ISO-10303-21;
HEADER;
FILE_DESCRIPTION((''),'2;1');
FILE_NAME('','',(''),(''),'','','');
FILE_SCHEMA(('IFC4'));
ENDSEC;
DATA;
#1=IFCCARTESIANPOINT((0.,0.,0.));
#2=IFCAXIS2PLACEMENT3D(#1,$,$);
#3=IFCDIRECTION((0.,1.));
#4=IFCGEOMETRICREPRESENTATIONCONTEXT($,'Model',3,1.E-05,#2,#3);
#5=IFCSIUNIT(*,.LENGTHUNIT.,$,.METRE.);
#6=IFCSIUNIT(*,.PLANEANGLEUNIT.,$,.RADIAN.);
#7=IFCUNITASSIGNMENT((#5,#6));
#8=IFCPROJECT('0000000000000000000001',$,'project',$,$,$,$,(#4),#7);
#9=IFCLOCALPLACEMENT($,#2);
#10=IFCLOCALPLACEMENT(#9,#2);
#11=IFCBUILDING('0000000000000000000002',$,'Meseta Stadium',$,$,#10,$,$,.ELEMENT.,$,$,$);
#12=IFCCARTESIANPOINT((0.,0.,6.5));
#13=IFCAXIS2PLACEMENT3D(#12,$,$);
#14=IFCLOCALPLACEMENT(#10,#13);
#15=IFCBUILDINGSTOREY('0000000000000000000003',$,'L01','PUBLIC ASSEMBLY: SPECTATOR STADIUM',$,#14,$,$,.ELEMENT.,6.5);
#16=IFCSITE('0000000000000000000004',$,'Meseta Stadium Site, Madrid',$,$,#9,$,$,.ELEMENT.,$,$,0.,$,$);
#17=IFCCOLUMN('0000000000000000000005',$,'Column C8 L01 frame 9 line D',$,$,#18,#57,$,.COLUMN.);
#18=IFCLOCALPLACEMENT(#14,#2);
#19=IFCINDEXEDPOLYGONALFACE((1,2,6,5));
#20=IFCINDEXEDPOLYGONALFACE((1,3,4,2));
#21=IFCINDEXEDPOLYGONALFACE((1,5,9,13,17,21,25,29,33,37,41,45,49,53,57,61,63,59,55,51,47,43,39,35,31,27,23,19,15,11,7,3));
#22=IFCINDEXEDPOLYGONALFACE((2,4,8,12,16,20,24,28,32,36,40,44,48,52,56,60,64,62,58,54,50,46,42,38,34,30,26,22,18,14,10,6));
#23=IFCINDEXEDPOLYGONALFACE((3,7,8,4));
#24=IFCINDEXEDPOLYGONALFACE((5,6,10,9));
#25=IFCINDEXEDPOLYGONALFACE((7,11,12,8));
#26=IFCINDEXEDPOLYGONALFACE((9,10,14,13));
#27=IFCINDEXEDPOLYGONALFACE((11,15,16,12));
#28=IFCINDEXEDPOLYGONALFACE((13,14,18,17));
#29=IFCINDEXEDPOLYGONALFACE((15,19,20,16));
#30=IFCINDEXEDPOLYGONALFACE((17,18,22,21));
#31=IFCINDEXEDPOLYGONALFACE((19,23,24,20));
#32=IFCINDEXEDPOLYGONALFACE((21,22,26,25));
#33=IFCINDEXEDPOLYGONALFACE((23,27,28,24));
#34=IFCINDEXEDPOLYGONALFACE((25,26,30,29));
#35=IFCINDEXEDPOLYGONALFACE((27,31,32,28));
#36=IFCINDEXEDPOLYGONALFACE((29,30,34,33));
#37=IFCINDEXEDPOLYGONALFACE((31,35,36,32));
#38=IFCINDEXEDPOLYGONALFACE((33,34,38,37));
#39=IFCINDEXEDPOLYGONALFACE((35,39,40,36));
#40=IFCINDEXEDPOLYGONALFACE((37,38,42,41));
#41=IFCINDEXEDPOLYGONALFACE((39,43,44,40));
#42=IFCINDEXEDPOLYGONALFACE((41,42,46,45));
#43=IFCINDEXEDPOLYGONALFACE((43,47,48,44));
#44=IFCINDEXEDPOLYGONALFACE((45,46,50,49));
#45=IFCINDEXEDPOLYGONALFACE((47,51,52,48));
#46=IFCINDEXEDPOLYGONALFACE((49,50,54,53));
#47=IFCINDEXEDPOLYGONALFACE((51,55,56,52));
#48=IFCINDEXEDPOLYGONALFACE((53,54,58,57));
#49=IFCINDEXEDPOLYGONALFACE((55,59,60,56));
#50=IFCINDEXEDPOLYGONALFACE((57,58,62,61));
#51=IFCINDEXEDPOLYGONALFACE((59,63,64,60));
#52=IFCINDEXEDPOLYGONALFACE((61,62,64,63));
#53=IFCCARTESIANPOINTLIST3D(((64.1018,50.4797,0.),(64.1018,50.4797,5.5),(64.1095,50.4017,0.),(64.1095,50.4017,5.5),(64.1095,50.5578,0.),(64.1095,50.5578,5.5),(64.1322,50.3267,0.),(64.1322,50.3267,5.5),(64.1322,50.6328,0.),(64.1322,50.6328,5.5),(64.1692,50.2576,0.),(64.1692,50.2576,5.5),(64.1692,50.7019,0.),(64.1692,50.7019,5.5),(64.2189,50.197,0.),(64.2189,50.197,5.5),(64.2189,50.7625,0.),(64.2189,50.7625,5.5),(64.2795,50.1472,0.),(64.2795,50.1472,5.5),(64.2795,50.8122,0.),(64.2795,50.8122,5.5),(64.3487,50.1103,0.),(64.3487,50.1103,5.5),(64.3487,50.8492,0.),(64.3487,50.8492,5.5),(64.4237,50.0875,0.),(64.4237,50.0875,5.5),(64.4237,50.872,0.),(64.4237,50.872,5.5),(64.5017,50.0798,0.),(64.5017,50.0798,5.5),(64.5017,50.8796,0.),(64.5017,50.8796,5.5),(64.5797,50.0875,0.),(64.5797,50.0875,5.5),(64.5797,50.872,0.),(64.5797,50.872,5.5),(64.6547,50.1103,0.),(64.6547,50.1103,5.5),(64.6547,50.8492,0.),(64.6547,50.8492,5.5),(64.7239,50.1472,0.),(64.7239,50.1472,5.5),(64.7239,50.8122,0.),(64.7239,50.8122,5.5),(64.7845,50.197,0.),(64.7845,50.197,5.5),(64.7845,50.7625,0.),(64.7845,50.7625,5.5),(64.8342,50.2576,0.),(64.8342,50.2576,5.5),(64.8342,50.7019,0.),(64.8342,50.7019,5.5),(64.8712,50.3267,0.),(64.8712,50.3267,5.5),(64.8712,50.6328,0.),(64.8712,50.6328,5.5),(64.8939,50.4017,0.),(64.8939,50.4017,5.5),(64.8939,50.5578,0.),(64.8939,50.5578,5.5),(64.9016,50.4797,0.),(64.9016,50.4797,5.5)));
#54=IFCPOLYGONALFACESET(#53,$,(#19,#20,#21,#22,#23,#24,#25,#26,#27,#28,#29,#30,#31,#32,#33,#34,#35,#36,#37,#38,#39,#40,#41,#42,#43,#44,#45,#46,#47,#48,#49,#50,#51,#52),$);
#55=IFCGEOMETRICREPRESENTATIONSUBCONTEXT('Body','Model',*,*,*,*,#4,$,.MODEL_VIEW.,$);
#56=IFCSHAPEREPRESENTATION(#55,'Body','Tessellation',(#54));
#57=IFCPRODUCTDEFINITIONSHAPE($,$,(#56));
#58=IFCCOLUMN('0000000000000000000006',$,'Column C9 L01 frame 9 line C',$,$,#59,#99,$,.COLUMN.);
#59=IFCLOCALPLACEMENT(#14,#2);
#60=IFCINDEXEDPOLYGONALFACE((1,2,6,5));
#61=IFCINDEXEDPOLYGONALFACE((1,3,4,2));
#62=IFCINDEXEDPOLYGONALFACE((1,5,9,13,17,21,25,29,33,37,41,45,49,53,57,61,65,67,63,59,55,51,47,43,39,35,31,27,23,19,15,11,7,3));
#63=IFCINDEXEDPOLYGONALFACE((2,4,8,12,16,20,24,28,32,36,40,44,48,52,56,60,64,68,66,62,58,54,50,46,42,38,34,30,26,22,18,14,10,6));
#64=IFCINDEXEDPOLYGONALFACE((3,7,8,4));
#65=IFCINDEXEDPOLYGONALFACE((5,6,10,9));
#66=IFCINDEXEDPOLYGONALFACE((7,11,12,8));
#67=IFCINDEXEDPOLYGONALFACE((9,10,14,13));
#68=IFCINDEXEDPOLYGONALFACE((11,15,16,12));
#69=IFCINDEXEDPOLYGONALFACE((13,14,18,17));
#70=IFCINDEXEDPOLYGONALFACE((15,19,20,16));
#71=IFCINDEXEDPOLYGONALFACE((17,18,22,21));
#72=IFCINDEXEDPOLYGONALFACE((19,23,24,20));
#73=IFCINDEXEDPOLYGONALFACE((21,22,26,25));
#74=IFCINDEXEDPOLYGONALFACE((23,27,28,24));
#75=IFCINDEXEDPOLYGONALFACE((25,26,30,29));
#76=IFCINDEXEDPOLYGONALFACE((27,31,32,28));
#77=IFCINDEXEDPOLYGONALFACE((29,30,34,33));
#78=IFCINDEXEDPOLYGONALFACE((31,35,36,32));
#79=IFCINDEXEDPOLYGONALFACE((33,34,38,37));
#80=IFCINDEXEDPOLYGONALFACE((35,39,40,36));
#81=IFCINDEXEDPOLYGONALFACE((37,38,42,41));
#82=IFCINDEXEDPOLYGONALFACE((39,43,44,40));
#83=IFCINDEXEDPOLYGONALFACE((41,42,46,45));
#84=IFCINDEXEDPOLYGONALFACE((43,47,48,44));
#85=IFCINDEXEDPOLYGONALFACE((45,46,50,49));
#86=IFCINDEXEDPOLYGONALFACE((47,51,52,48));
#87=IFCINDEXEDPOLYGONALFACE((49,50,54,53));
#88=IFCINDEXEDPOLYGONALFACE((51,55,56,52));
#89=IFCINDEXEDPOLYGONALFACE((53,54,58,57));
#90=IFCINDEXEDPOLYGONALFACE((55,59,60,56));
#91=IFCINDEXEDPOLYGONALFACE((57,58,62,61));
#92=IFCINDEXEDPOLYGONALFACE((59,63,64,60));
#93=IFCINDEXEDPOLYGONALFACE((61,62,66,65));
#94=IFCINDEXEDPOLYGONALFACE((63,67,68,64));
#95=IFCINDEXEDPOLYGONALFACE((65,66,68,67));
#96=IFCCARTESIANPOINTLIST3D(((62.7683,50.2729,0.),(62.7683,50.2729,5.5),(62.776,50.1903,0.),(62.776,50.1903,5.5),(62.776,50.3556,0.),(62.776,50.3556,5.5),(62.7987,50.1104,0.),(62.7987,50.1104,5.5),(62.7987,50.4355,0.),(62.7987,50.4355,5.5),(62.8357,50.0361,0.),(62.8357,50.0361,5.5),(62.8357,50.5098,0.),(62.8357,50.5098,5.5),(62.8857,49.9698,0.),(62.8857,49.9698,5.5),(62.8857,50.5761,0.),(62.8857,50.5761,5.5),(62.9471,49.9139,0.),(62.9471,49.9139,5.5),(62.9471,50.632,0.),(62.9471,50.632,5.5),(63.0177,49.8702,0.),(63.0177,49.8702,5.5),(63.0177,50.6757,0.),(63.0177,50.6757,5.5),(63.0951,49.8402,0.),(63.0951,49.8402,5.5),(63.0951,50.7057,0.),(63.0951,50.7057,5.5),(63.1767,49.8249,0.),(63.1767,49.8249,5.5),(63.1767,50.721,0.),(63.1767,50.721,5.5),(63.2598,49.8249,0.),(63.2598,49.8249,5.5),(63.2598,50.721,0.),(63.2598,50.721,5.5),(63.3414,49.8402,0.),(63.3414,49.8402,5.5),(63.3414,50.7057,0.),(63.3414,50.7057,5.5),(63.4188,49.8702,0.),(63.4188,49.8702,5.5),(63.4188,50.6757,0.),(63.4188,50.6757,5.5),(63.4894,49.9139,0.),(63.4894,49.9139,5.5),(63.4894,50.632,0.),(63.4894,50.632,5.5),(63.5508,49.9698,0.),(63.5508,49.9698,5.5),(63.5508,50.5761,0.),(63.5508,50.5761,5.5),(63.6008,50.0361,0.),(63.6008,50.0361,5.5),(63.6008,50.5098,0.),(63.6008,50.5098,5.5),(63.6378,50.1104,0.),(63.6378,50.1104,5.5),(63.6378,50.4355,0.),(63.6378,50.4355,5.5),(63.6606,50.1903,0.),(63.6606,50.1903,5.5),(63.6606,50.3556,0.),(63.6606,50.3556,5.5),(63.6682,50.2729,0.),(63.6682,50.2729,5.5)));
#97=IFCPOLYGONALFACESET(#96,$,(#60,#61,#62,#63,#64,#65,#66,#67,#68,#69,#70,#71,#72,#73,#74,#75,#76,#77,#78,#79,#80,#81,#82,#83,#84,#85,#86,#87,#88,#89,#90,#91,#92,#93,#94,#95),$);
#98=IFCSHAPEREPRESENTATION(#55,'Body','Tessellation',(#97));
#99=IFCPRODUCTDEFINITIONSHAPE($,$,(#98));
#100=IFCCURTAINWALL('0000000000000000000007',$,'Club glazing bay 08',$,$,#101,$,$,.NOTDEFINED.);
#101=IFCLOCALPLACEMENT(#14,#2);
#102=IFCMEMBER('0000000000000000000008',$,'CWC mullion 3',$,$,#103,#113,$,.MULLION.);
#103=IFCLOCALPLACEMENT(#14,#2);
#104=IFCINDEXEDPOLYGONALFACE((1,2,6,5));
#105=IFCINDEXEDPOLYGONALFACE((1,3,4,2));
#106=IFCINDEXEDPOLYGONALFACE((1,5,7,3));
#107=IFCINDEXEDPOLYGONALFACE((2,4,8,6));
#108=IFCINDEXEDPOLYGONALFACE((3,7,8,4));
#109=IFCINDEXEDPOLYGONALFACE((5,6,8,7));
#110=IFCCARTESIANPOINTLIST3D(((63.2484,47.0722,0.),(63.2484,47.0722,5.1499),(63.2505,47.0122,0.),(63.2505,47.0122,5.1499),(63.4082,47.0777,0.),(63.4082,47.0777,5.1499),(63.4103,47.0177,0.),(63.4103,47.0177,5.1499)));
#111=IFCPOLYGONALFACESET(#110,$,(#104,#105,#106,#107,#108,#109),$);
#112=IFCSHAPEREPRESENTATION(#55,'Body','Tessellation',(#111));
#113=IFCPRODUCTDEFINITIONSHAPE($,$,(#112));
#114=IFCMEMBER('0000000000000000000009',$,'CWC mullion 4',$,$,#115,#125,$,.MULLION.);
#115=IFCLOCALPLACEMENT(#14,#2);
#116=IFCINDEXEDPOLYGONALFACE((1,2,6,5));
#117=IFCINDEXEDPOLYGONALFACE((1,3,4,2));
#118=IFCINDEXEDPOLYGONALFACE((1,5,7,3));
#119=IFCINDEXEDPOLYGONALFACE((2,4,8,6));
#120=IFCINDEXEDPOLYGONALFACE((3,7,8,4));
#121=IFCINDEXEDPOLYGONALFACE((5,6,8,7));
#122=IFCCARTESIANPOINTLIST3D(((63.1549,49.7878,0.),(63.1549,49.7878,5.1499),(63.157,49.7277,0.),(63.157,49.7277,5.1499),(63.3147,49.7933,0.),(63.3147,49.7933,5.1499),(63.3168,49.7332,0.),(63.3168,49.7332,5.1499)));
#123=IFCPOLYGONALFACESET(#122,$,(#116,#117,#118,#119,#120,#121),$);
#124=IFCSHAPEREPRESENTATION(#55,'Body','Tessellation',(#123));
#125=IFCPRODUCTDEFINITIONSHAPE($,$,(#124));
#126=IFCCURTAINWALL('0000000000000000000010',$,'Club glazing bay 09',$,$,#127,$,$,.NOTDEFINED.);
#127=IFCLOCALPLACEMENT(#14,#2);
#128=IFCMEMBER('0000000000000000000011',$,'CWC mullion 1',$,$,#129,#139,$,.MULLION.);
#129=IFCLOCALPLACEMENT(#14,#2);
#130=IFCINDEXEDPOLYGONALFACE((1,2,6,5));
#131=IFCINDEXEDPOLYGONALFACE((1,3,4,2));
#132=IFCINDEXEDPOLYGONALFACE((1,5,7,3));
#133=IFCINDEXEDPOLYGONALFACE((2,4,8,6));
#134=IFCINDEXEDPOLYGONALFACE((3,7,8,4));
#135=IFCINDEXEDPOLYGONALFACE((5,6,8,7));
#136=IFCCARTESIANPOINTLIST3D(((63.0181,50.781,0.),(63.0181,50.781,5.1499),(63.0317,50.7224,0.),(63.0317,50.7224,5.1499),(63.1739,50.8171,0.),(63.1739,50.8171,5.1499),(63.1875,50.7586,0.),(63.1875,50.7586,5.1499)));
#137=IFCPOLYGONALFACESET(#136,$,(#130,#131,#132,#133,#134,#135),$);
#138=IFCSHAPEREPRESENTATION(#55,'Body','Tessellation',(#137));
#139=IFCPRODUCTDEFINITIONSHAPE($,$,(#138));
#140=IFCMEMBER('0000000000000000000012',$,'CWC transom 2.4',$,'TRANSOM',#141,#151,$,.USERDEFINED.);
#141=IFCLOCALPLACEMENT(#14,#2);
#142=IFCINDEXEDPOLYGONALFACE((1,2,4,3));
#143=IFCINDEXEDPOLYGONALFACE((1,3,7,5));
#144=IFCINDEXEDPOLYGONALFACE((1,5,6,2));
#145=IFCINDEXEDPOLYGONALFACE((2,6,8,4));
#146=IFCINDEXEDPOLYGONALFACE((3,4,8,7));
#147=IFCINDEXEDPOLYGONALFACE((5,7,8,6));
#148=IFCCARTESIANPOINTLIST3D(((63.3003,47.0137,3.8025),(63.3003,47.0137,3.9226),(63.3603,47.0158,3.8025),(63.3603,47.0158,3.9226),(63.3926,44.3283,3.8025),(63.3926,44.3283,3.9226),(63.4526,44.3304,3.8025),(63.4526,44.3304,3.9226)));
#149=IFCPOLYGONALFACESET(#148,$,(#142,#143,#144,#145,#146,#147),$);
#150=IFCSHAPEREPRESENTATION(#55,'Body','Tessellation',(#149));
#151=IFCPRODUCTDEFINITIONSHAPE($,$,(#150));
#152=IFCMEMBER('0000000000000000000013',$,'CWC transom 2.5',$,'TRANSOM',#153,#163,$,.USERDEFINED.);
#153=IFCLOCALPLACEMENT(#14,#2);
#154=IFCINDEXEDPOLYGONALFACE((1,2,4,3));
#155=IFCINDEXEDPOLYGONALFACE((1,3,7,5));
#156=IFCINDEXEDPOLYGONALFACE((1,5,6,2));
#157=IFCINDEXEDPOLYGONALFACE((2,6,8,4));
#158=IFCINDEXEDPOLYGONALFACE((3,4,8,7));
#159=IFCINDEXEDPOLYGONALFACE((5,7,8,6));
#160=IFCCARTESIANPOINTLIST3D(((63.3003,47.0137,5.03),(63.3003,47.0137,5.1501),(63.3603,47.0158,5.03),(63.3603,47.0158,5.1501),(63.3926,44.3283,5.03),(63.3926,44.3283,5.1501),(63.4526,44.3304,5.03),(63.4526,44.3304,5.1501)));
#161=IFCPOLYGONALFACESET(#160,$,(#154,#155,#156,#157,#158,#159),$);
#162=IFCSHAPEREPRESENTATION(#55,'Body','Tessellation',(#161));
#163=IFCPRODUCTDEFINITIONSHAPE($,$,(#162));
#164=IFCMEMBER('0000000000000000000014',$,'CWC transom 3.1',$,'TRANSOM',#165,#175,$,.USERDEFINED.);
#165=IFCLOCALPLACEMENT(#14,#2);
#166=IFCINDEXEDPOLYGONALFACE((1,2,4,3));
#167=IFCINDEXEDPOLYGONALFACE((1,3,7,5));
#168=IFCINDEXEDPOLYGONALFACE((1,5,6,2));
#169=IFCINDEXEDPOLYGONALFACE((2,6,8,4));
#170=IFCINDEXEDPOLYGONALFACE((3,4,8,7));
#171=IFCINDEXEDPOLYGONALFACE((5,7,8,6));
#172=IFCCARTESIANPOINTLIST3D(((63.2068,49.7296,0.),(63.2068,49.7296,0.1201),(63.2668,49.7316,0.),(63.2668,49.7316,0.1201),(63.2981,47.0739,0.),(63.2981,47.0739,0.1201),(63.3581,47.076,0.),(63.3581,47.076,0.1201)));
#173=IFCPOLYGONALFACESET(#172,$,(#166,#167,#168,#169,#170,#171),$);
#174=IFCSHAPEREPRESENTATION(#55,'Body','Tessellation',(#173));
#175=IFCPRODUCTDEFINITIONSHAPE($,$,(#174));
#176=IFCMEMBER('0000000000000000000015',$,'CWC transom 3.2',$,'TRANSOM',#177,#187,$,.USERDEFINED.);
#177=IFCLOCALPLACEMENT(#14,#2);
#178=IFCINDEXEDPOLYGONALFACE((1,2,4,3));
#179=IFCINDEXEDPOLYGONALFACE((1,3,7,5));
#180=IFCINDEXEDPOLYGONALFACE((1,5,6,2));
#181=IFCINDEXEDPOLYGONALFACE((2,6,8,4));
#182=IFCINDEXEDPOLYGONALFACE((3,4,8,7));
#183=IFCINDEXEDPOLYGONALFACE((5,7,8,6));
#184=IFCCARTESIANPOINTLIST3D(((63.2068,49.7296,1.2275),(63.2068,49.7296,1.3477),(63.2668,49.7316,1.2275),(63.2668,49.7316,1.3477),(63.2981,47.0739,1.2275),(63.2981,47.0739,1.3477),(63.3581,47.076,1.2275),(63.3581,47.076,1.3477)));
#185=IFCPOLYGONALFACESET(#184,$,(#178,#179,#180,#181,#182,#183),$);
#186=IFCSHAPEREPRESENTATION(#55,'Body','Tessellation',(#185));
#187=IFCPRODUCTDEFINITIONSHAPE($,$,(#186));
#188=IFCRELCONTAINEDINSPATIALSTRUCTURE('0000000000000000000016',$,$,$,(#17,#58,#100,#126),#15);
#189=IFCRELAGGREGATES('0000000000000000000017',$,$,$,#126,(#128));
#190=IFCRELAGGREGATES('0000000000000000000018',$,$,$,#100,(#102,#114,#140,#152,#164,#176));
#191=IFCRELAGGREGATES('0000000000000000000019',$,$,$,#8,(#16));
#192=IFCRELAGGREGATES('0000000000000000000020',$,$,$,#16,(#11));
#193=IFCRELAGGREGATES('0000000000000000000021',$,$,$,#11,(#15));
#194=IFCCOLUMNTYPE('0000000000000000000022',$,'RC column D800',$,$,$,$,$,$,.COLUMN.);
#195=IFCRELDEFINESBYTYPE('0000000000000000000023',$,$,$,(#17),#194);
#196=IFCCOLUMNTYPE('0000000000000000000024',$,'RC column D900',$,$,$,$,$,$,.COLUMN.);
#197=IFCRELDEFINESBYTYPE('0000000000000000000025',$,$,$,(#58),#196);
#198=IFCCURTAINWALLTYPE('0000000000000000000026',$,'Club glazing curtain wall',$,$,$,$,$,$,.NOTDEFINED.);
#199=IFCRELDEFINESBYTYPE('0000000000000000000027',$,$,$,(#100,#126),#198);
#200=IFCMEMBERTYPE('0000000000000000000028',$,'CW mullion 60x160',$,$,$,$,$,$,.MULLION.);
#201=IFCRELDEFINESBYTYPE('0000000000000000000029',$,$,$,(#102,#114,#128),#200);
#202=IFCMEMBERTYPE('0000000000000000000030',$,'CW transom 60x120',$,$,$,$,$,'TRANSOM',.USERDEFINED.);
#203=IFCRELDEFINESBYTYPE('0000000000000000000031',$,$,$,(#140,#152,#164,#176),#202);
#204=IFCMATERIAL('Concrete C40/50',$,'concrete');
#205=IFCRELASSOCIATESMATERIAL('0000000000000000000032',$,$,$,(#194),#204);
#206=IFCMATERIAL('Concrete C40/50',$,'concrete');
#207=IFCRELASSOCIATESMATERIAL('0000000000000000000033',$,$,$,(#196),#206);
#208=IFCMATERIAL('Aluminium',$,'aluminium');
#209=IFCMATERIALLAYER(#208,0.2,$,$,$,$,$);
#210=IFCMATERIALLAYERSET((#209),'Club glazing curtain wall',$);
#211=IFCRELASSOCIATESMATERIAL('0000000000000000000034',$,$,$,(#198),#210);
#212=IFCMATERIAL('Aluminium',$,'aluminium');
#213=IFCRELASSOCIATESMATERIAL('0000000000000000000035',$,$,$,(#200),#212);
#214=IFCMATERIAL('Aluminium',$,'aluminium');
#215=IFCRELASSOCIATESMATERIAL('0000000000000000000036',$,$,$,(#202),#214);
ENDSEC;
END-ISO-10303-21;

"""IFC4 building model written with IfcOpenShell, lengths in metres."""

from ifc_helpers import new_model, si_unit, direction, frame, origin, origin_2d, place, context, subcontext, project, spatial, rectangle, circle, extrude, material, layer, layer_set, material_profile, profile_set, type_object, element, aggregate, save


model = new_model("IFC4")

# Units and contexts
model_context = context("Model", 3, precision=1e-05, world=origin(), true_north=direction((0.0, 1.0)))
body_context = subcontext(model_context, "Body", "Model", "MODEL_VIEW")
ifc_project = project(units=[si_unit("LENGTHUNIT", "METRE"), si_unit("PLANEANGLEUNIT", "RADIAN")], contexts=[model_context])

# Site, building, storey
site_placement = place(None, origin())
site = spatial("IfcSite", under=ifc_project, at=site_placement, Name="Meseta Stadium Site, Madrid", CompositionType="ELEMENT", RefElevation=0.0)
building_placement = place(site_placement, origin())
building = spatial("IfcBuilding", under=site, at=building_placement, Name="Meseta Stadium", CompositionType="ELEMENT")
storey_placement = place(building_placement, frame((0.0, 0.0, 6.5)))
storey = spatial("IfcBuildingStorey", under=building, at=storey_placement, Name="L01", Description="PUBLIC ASSEMBLY: SPECTATOR STADIUM", CompositionType="ELEMENT", Elevation=6.5)

# Columns
ifc_material_1 = material(Name="Concrete C40/50", Category="concrete")
ifc_material_profile_1 = material_profile(ifc_material_1, circle(Radius=0.3999, at=origin_2d()), Name="RC D800")
ifc_profile_set_1 = profile_set([ifc_material_profile_1], Name="Concrete C40/50")
column_type_1 = type_object("IfcColumnType", Name="RC column D800", PredefinedType="COLUMN", material=ifc_profile_set_1)
column_1_placement = place(storey_placement, frame((64.5017, 50.4797, 0.0), z_axis=(0.0, 0.0, 1.0), x_axis=(1.0, 0.0, 0.0)))
element("IfcColumn", 1, at=column_1_placement, inside=storey, type_object=column_type_1, Name="Column C8 L01 frame 9 line D", PredefinedType="COLUMN", context=body_context, shape_type="SweptSolid", body=[
    extrude(circle(Radius=0.3999, at=origin_2d()), origin(), (0.0, 0.0, 1.0), 5.5),
])
ifc_material_2 = material(Name="Concrete C40/50", Category="concrete")
ifc_material_profile_2 = material_profile(ifc_material_2, circle(Radius=0.45, at=origin_2d()), Name="RC D900")
ifc_profile_set_2 = profile_set([ifc_material_profile_2], Name="Concrete C40/50")
column_type_2 = type_object("IfcColumnType", Name="RC column D900", PredefinedType="COLUMN", material=ifc_profile_set_2)
column_2_placement = place(storey_placement, frame((63.2183, 50.2729, 0.0), z_axis=(0.0, 0.0, 1.0), x_axis=(1.0, 0.0, 0.0)))
element("IfcColumn", 2, at=column_2_placement, inside=storey, type_object=column_type_2, Name="Column C9 L01 frame 9 line C", PredefinedType="COLUMN", context=body_context, shape_type="SweptSolid", body=[
    extrude(circle(Radius=0.45, at=origin_2d()), origin(), (0.0, 0.0, 1.0), 5.5),
])

# Curtain wall, members
ifc_material_3 = material(Name="Aluminium", Category="aluminium")
ifc_layer_1 = layer(ifc_material_3, 0.2)
ifc_layer_set_1 = layer_set([ifc_layer_1], Name="Club glazing curtain wall")
curtain_wall_type = type_object("IfcCurtainWallType", Name="Club glazing curtain wall", PredefinedType="NOTDEFINED", material=ifc_layer_set_1)
curtain_wall_1_placement = place(storey_placement, origin())
curtain_wall_1 = element("IfcCurtainWall", 3, at=curtain_wall_1_placement, inside=storey, type_object=curtain_wall_type, Name="Club glazing bay 08", PredefinedType="NOTDEFINED")
ifc_material_4 = material(Name="Aluminium", Category="aluminium")
ifc_material_profile_3 = material_profile(ifc_material_4, rectangle(XDim=0.1599, YDim=0.0601, at=origin_2d()), Name="CW 160x60")
ifc_profile_set_3 = profile_set([ifc_material_profile_3], Name="Aluminium")
member_type_1 = type_object("IfcMemberType", Name="CW mullion 60x160", PredefinedType="MULLION", material=ifc_profile_set_3)
member_1_placement = place(storey_placement, frame((63.3293, 47.0449, 0.0), z_axis=(0.0, 0.0, 1.0), x_axis=(-0.999408, -0.034398, 0.0)))
member_1 = element("IfcMember", 4, at=member_1_placement, type_object=member_type_1, Name="CWC mullion 3", PredefinedType="MULLION", context=body_context, shape_type="SweptSolid", body=[
    extrude(rectangle(XDim=0.1599, YDim=0.0601, at=origin_2d()), origin(), (0.0, 0.0, 1.0), 5.1499),
])
member_2_placement = place(storey_placement, frame((63.2358, 49.7605, 0.0), z_axis=(0.0, 0.0, 1.0), x_axis=(-0.999408, -0.034398, 0.0)))
member_2 = element("IfcMember", 5, at=member_2_placement, type_object=member_type_1, Name="CWC mullion 4", PredefinedType="MULLION", context=body_context, shape_type="SweptSolid", body=[
    extrude(rectangle(XDim=0.1599, YDim=0.0601, at=origin_2d()), origin(), (0.0, 0.0, 1.0), 5.1499),
])

# Curtain wall, member
curtain_wall_2_placement = place(storey_placement, origin())
curtain_wall_2 = element("IfcCurtainWall", 6, at=curtain_wall_2_placement, inside=storey, type_object=curtain_wall_type, Name="Club glazing bay 09", PredefinedType="NOTDEFINED")
member_3_placement = place(storey_placement, frame((63.1028, 50.7698, 0.0), z_axis=(0.0, 0.0, 1.0), x_axis=(-0.974116, -0.226048, 0.0)))
member_3 = element("IfcMember", 7, at=member_3_placement, type_object=member_type_1, Name="CWC mullion 1", PredefinedType="MULLION", context=body_context, shape_type="SweptSolid", body=[
    extrude(rectangle(XDim=0.1599, YDim=0.0601, at=origin_2d()), origin(), (0.0, 0.0, 1.0), 5.1499),
])

# Members
ifc_material_5 = material(Name="Aluminium", Category="aluminium")
ifc_material_profile_4 = material_profile(ifc_material_5, rectangle(XDim=0.0601, YDim=0.1201, at=origin_2d()), Name="CW 60x120")
ifc_profile_set_4 = profile_set([ifc_material_profile_4], Name="Aluminium")
member_type_2 = type_object("IfcMemberType", Name="CW transom 60x120", ElementType="TRANSOM", PredefinedType="USERDEFINED", material=ifc_profile_set_4)
member_4_placement = place(storey_placement, frame((63.4226, 44.3293, 3.8625), z_axis=(-0.034343, 0.99941, 0.0), x_axis=(-0.99941, -0.034343, 0.0)))
member_4 = element("IfcMember", 8, at=member_4_placement, type_object=member_type_2, Name="CWC transom 2.4", ObjectType="TRANSOM", PredefinedType="USERDEFINED", context=body_context, shape_type="SweptSolid", body=[
    extrude(rectangle(XDim=0.0601, YDim=0.1201, at=origin_2d()), origin(), (0.0, 0.0, 1.0), 2.687),
])
member_5_placement = place(storey_placement, frame((63.4226, 44.3293, 5.0901), z_axis=(-0.034343, 0.99941, 0.0), x_axis=(-0.99941, -0.034343, 0.0)))
member_5 = element("IfcMember", 9, at=member_5_placement, type_object=member_type_2, Name="CWC transom 2.5", ObjectType="TRANSOM", PredefinedType="USERDEFINED", context=body_context, shape_type="SweptSolid", body=[
    extrude(rectangle(XDim=0.0601, YDim=0.1201, at=origin_2d()), origin(), (0.0, 0.0, 1.0), 2.687),
])
member_6_placement = place(storey_placement, frame((63.3281, 47.075, 0.0601), z_axis=(-0.034361, 0.999409, 0.0), x_axis=(-0.999409, -0.034361, 0.0)))
member_6 = element("IfcMember", 10, at=member_6_placement, type_object=member_type_2, Name="CWC transom 3.1", ObjectType="TRANSOM", PredefinedType="USERDEFINED", context=body_context, shape_type="SweptSolid", body=[
    extrude(rectangle(XDim=0.0601, YDim=0.1201, at=origin_2d()), origin(), (0.0, 0.0, 1.0), 2.6572),
])
member_7_placement = place(storey_placement, frame((63.3281, 47.075, 1.2876), z_axis=(-0.034361, 0.999409, 0.0), x_axis=(-0.999409, -0.034361, 0.0)))
member_7 = element("IfcMember", 11, at=member_7_placement, type_object=member_type_2, Name="CWC transom 3.2", ObjectType="TRANSOM", PredefinedType="USERDEFINED", context=body_context, shape_type="SweptSolid", body=[
    extrude(rectangle(XDim=0.0601, YDim=0.1201, at=origin_2d()), origin(), (0.0, 0.0, 1.0), 2.6572),
])
aggregate(curtain_wall_2, [member_3])

aggregate(curtain_wall_1, [member_1, member_2, member_4, member_5, member_6, member_7])

save(model, "model.ifc")
